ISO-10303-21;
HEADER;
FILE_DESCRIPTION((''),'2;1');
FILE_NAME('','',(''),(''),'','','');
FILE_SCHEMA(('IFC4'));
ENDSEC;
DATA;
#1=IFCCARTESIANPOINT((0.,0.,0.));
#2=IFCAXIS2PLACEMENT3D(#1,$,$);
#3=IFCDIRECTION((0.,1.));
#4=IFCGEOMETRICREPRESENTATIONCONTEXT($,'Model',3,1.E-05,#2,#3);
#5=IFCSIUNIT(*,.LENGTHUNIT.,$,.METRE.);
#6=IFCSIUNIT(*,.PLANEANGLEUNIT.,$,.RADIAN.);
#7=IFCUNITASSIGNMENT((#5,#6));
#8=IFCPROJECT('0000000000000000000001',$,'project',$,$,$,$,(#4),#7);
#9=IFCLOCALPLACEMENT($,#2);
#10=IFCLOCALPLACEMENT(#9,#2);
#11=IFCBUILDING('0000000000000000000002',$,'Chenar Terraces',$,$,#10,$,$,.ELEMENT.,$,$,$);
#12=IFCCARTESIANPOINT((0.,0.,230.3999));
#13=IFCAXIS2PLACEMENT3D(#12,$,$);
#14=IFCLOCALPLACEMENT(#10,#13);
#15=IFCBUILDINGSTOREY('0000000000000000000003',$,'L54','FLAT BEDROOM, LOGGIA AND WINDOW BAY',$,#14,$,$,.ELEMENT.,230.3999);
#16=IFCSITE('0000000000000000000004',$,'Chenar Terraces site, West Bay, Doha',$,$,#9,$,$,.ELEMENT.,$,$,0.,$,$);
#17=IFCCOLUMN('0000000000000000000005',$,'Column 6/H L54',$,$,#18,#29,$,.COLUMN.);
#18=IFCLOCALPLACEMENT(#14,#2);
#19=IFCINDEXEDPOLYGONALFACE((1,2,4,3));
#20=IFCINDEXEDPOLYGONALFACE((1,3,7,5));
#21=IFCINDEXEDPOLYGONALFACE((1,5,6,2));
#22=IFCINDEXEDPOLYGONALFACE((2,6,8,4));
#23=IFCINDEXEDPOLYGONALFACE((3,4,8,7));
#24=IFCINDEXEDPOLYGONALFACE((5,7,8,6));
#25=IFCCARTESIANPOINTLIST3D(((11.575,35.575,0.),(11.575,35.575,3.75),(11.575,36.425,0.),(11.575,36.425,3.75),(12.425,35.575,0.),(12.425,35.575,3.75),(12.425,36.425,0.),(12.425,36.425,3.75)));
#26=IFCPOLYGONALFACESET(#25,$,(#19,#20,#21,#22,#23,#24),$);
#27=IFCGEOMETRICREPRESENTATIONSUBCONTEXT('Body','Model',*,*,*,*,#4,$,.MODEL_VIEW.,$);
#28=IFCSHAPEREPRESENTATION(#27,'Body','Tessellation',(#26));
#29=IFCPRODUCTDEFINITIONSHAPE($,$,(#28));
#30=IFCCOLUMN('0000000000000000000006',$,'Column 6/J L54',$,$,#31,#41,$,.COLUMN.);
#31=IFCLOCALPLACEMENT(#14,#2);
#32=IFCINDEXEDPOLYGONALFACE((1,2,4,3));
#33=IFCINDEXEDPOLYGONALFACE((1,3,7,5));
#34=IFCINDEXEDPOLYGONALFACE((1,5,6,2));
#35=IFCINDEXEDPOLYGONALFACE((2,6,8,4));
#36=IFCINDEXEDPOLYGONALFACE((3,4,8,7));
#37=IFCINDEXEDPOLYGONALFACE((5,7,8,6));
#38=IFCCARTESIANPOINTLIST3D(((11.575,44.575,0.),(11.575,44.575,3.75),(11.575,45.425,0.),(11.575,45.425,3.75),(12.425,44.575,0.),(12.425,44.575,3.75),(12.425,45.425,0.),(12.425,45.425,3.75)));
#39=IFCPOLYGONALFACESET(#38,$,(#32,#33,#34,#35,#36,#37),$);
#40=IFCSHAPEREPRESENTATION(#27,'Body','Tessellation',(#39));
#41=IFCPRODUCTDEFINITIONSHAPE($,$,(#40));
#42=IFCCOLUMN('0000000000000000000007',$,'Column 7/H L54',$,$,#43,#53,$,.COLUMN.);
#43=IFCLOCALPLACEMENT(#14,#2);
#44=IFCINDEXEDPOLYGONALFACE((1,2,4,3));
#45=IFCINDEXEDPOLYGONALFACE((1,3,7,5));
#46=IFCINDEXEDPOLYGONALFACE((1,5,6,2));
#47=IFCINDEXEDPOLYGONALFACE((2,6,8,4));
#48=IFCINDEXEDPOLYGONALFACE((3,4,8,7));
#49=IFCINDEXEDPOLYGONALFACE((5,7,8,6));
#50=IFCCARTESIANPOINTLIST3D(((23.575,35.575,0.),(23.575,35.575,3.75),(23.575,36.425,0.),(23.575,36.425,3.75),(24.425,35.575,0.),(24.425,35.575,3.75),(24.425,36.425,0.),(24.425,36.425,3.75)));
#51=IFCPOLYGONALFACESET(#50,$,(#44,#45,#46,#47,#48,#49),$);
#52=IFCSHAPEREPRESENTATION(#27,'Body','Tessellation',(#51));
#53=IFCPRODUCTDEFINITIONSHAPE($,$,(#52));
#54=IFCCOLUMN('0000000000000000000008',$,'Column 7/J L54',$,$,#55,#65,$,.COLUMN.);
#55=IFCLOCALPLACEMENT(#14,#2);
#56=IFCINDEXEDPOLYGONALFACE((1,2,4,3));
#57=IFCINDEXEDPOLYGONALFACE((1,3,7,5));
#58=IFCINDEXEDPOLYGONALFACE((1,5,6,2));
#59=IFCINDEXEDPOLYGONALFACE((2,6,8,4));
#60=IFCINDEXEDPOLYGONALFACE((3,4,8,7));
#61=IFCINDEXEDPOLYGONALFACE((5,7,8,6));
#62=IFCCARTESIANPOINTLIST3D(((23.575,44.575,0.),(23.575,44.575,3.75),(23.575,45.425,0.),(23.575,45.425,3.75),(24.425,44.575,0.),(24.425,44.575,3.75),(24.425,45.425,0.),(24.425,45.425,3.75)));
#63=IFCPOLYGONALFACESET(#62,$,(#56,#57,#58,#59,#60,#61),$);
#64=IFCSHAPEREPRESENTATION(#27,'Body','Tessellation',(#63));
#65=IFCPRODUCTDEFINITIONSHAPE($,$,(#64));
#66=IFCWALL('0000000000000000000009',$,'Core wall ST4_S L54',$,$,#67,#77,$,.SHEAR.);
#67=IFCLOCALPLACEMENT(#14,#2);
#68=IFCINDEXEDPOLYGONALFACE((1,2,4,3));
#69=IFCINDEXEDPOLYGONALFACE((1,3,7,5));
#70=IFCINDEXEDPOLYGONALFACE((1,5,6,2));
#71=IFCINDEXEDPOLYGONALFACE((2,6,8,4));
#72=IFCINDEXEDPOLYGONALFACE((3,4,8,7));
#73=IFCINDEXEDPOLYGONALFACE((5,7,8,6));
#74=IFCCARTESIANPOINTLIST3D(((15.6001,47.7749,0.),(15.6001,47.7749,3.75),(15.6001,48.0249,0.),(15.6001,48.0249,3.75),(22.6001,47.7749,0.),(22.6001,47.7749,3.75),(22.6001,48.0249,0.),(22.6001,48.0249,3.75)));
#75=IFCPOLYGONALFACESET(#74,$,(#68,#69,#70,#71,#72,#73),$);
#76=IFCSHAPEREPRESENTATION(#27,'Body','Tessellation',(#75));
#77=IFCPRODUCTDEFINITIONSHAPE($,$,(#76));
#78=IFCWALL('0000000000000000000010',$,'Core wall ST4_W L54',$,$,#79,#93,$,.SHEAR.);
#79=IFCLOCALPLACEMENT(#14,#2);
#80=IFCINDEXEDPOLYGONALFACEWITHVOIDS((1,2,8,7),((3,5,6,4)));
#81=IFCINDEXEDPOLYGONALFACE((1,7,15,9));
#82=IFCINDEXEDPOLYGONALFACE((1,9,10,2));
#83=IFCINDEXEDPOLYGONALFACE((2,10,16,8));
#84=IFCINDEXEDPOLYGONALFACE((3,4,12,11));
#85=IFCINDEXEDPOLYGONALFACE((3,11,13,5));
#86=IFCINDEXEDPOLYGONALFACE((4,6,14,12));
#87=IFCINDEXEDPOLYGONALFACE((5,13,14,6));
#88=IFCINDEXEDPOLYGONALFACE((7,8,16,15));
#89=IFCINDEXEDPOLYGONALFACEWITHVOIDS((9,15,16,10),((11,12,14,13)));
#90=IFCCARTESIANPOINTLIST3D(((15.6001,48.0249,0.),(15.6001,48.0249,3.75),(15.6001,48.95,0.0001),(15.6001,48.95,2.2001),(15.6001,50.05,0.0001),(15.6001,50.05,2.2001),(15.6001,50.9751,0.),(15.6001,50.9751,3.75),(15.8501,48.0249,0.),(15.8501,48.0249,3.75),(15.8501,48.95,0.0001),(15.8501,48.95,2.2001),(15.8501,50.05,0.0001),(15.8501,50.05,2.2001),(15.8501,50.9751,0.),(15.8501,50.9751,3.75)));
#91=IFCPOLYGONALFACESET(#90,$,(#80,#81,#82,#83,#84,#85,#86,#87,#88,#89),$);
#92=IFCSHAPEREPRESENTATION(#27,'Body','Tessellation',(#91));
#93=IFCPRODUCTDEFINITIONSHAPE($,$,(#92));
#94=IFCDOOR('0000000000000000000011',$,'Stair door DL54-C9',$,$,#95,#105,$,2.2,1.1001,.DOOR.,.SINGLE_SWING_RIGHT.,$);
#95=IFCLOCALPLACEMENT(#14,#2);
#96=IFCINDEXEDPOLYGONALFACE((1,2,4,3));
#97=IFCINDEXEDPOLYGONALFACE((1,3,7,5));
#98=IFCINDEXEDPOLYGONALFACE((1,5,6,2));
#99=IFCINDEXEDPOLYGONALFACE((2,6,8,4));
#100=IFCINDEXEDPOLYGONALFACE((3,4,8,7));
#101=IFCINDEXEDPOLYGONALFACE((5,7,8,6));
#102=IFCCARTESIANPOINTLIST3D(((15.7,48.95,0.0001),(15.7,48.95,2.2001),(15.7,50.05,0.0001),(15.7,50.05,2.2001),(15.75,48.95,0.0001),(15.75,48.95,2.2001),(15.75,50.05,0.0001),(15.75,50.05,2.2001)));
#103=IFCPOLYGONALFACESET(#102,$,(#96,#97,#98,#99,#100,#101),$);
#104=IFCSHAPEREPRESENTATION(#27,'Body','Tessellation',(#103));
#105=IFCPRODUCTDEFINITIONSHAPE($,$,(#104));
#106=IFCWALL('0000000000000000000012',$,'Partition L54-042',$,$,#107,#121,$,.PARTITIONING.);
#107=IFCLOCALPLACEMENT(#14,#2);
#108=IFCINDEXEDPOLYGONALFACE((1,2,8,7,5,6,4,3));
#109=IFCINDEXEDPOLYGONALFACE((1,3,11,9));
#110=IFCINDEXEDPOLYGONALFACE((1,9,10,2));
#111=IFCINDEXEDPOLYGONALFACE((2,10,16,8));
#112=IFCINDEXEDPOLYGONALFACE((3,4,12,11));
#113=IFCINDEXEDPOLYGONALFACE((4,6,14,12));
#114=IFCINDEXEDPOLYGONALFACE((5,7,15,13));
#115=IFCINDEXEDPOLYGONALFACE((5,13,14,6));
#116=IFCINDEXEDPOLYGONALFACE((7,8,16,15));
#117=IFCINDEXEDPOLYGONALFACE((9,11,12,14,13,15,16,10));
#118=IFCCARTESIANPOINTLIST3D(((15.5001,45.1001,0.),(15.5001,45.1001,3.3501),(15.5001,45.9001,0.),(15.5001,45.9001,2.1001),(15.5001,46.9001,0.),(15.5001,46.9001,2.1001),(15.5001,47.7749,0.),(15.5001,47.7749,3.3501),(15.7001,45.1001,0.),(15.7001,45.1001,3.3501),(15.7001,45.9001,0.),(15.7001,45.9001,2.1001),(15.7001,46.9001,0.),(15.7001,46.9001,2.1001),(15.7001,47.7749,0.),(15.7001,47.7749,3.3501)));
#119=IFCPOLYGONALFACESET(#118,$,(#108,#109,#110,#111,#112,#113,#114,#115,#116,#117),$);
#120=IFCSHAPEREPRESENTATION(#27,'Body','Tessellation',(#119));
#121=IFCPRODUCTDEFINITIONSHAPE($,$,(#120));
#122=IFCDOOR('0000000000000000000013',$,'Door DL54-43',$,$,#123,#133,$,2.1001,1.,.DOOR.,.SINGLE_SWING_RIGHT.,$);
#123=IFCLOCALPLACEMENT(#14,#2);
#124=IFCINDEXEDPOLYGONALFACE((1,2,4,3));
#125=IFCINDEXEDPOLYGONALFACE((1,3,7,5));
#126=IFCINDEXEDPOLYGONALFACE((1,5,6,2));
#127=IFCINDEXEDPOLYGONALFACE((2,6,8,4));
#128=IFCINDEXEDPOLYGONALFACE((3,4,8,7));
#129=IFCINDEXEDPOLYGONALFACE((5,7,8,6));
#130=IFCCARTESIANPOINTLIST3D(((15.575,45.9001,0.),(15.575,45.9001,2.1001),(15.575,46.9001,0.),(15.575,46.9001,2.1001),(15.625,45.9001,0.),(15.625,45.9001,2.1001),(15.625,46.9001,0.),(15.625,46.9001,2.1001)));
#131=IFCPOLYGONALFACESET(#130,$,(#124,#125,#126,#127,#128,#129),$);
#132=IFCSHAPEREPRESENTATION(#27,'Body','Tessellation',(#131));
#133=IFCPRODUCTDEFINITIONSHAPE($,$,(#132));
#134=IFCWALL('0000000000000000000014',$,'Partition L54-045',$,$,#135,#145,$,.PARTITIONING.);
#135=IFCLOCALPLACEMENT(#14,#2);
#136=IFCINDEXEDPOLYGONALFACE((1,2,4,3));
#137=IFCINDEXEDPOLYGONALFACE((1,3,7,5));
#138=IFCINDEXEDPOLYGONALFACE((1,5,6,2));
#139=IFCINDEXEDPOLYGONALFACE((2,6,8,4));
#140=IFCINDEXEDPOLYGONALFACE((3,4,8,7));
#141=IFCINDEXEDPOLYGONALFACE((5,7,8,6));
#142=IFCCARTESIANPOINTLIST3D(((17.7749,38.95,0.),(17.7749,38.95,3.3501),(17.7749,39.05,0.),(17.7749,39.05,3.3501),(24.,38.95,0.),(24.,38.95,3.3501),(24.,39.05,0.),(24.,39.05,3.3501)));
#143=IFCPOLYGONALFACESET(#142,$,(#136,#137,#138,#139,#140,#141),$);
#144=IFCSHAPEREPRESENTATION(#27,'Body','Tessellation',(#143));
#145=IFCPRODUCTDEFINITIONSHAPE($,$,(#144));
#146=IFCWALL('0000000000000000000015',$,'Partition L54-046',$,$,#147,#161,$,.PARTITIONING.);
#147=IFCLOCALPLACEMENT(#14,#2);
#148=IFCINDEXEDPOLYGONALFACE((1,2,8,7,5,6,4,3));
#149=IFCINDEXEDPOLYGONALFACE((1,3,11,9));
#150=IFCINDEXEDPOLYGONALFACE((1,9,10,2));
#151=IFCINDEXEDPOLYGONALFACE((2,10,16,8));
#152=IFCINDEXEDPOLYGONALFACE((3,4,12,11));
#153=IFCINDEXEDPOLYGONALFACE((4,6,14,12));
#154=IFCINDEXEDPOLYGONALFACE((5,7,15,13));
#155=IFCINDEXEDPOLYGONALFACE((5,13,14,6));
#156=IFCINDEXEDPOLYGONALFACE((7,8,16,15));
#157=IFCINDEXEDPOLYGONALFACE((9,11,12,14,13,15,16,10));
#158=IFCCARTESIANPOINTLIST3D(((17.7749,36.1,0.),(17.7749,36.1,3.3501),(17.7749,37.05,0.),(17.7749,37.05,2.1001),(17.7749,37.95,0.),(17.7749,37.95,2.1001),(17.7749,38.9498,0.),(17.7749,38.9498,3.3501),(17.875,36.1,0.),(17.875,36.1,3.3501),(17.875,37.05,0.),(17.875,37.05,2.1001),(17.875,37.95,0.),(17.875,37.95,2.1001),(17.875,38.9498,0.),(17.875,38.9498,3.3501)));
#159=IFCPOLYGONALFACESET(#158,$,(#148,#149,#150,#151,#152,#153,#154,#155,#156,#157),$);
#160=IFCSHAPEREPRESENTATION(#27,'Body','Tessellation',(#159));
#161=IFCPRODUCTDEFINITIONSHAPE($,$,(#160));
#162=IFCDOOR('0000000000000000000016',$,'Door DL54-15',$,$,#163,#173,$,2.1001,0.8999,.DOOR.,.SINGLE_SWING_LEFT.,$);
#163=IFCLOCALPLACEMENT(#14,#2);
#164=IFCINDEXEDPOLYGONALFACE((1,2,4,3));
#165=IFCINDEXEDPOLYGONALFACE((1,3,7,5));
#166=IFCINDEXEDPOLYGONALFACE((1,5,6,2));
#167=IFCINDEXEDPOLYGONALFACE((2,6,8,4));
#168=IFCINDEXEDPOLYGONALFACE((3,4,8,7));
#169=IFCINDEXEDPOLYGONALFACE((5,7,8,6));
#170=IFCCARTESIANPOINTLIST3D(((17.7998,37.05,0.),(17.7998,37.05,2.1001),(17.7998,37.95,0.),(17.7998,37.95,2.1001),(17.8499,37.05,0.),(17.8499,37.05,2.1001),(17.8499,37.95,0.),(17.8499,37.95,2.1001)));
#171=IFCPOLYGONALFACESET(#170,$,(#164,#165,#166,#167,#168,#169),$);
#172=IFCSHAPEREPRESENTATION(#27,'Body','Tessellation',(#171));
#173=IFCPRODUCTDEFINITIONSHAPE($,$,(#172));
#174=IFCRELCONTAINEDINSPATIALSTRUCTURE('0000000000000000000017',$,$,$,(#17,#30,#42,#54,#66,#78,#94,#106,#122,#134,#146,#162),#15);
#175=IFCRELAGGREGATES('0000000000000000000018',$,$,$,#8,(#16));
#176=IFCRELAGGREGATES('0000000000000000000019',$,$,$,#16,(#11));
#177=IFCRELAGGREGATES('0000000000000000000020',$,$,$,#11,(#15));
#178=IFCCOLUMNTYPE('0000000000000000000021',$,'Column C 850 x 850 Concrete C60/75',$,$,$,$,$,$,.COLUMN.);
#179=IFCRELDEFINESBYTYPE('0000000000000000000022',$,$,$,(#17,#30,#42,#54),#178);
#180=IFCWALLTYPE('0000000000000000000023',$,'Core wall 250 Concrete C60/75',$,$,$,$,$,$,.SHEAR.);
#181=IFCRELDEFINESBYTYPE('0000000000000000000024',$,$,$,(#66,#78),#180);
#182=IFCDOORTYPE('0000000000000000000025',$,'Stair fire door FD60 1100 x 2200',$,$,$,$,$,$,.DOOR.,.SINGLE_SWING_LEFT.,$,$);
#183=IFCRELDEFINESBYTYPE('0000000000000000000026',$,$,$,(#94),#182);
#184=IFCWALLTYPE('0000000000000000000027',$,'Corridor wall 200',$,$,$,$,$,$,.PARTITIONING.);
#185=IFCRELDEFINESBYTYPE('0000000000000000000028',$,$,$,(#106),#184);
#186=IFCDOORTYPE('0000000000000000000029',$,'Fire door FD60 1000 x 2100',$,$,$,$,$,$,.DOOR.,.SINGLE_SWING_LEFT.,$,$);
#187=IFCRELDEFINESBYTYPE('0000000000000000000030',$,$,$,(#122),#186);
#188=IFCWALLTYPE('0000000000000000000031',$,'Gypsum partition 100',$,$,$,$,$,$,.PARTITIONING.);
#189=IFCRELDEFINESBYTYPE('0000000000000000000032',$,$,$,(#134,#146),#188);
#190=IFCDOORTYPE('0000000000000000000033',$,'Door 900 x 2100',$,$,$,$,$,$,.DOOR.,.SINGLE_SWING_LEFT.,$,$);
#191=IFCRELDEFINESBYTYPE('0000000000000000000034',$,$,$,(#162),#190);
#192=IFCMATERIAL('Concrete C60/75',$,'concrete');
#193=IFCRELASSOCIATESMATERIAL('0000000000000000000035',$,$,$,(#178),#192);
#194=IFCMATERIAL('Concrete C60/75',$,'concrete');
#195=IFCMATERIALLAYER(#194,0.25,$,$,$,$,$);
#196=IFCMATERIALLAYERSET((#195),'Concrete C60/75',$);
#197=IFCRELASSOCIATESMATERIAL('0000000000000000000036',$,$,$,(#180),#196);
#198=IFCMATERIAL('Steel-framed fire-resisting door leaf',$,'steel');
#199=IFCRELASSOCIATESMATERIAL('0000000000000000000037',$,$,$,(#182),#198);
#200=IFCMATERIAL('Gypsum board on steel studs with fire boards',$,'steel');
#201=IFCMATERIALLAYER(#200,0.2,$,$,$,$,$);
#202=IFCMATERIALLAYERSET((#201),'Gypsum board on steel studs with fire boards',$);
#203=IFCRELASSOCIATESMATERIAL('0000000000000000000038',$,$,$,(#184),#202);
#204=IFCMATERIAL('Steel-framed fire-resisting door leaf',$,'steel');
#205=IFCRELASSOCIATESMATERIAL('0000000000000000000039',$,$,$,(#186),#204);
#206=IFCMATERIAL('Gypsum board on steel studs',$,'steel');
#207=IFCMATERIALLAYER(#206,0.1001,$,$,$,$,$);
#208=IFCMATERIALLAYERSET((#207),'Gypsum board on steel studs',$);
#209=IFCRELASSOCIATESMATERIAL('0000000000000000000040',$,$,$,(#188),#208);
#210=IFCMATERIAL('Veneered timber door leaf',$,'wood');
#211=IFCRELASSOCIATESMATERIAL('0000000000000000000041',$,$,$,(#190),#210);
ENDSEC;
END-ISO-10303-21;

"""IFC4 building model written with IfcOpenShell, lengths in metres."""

from ifc_helpers import new_model, si_unit, direction, frame, frame_2d, origin, origin_2d, place, context, subcontext, project, spatial, rectangle, extrude, material, layer, layer_set, material_profile, profile_set, type_object, element, fill, save


model = new_model("IFC4")

# Units and contexts
model_context = context("Model", 3, precision=1e-05, world=origin(), true_north=direction((0.0, 1.0)))
body_context = subcontext(model_context, "Body", "Model", "MODEL_VIEW")
ifc_project = project(units=[si_unit("LENGTHUNIT", "METRE"), si_unit("PLANEANGLEUNIT", "RADIAN")], contexts=[model_context])

# Site, building, storey
site_placement = place(None, origin())
site = spatial("IfcSite", under=ifc_project, at=site_placement, Name="Chenar Terraces site, West Bay, Doha", CompositionType="ELEMENT", RefElevation=0.0)
building_placement = place(site_placement, origin())
building = spatial("IfcBuilding", under=site, at=building_placement, Name="Chenar Terraces", CompositionType="ELEMENT")
storey_placement = place(building_placement, frame((0.0, 0.0, 230.3999)))
storey = spatial("IfcBuildingStorey", under=building, at=storey_placement, Name="L54", Description="FLAT BEDROOM, LOGGIA AND WINDOW BAY", CompositionType="ELEMENT", Elevation=230.3999)

# Columns
ifc_material_1 = material(Name="Concrete C60/75", Category="concrete")
ifc_material_profile = material_profile(ifc_material_1, rectangle(XDim=0.8501, YDim=0.8501, at=origin_2d()), Name="C 850 x 850")
ifc_profile_set = profile_set([ifc_material_profile], Name="Concrete C60/75")
column_type = type_object("IfcColumnType", Name="Column C 850 x 850 Concrete C60/75", PredefinedType="COLUMN", material=ifc_profile_set)
for number, where, z_axis, x_axis, name in (
    (1, (12.0, 36.0, 0.0), (0.0, 0.0, 1.0), (1.0, 0.0, 0.0), "Column 6/H L54"),
    (2, (12.0, 45.0, 0.0), (0.0, 0.0, 1.0), (1.0, 0.0, 0.0), "Column 6/J L54"),
    (3, (24.0, 36.0, 0.0), (0.0, 0.0, 1.0), (1.0, 0.0, 0.0), "Column 7/H L54"),
    (4, (24.0, 45.0, 0.0), (0.0, 0.0, 1.0), (1.0, 0.0, 0.0), "Column 7/J L54"),
):
    element("IfcColumn", number, at=place(storey_placement, frame(where, z_axis=z_axis, x_axis=x_axis)), inside=storey, type_object=column_type, Name=name, PredefinedType="COLUMN", context=body_context, shape_type="SweptSolid", body=[
        extrude(rectangle(XDim=0.8501, YDim=0.8501, at=origin_2d()), origin(), (0.0, 0.0, 1.0), 3.75),
    ])

# Wall
ifc_material_2 = material(Name="Concrete C60/75", Category="concrete")
ifc_layer_1 = layer(ifc_material_2, 0.25)
ifc_layer_set_1 = layer_set([ifc_layer_1], Name="Concrete C60/75")
wall_type_1 = type_object("IfcWallType", Name="Core wall 250 Concrete C60/75", PredefinedType="SHEAR", material=ifc_layer_set_1)
wall_1_placement = place(storey_placement, frame((15.6001, 47.8999, 0.0), z_axis=(0.0, 0.0, 1.0), x_axis=(1.0, 0.0, 0.0)))
element("IfcWall", 5, at=wall_1_placement, inside=storey, type_object=wall_type_1, Name="Core wall ST4_S L54", PredefinedType="SHEAR", context=body_context, shape_type="SweptSolid", body=[
    extrude(rectangle(XDim=7.0, YDim=0.25, at=frame_2d((3.5, 0.0))), origin(), (0.0, 0.0, 1.0), 3.75),
])

# Walls, openings, doors
wall_2_placement = place(storey_placement, frame((15.7251, 48.0249, 0.0), z_axis=(0.0, 0.0, 1.0), x_axis=(0.0, 1.0, 0.0)))
wall_2 = element("IfcWall", 6, at=wall_2_placement, inside=storey, type_object=wall_type_1, Name="Core wall ST4_W L54", PredefinedType="SHEAR", context=body_context, shape_type="SweptSolid", body=[
    extrude(rectangle(XDim=2.9502, YDim=0.25, at=frame_2d((1.4751, 0.0))), origin(), (0.0, 0.0, 1.0), 3.75),
])
opening_1_placement = place(wall_2_placement, frame((0.925, 0.0, 0.0)))
opening_1 = element("IfcOpeningElement", 7, at=opening_1_placement, cuts=wall_2, PredefinedType="OPENING", context=body_context, shape_type="SweptSolid", body=[
    extrude(rectangle(XDim=1.1001, YDim=2.2, at=frame_2d((0.55, 1.1001))), frame((0.0, 0.135, 0.0), z_axis=(0.0, -1.0, 0.0), x_axis=(1.0, 0.0, 0.0)), (0.0, 0.0, 1.0), 0.27),
])
ifc_material_3 = material(Name="Steel-framed fire-resisting door leaf", Category="steel")
door_type_1 = type_object("IfcDoorType", Name="Stair fire door FD60 1100 x 2200", OperationType="SINGLE_SWING_LEFT", PredefinedType="DOOR", material=ifc_material_3)
door_1_placement = place(opening_1_placement, frame((1.1001, 0.0, 0.0), z_axis=(0.0, 0.0, 1.0), x_axis=(-1.0, 0.0, 0.0)))
door_1 = element("IfcDoor", 8, at=door_1_placement, inside=storey, type_object=door_type_1, Name="Stair door DL54-C9", OperationType="SINGLE_SWING_RIGHT", OverallHeight=2.2, OverallWidth=1.1001, PredefinedType="DOOR", context=body_context, shape_type="SweptSolid", body=[
    extrude(rectangle(XDim=1.1001, YDim=2.2, at=frame_2d((0.55, 1.1001))), frame((0.0, 0.0249, 0.0), z_axis=(0.0, -1.0, 0.0), x_axis=(1.0, 0.0, 0.0)), (0.0, 0.0, 1.0), 0.05),
])
fill(opening_1, door_1)
ifc_material_4 = material(Name="Gypsum board on steel studs with fire boards", Category="steel")
ifc_layer_2 = layer(ifc_material_4, 0.2)
ifc_layer_set_2 = layer_set([ifc_layer_2], Name="Gypsum board on steel studs with fire boards")
wall_type_2 = type_object("IfcWallType", Name="Corridor wall 200", PredefinedType="PARTITIONING", material=ifc_layer_set_2)
wall_3_placement = place(storey_placement, frame((15.6001, 45.1001, 0.0), z_axis=(0.0, 0.0, 1.0), x_axis=(0.0, 1.0, 0.0)))
wall_3 = element("IfcWall", 9, at=wall_3_placement, inside=storey, type_object=wall_type_2, Name="Partition L54-042", PredefinedType="PARTITIONING", context=body_context, shape_type="SweptSolid", body=[
    extrude(rectangle(XDim=2.6748, YDim=0.2, at=frame_2d((1.3374, 0.0))), origin(), (0.0, 0.0, 1.0), 3.3501),
])
opening_2_placement = place(wall_3_placement, frame((0.8, 0.0, 0.0)))
opening_2 = element("IfcOpeningElement", 10, at=opening_2_placement, cuts=wall_3, PredefinedType="OPENING", context=body_context, shape_type="SweptSolid", body=[
    extrude(rectangle(XDim=1.0, YDim=2.1001, at=frame_2d((0.5, 1.05))), frame((0.0, 0.1099, 0.0), z_axis=(0.0, -1.0, 0.0), x_axis=(1.0, 0.0, 0.0)), (0.0, 0.0, 1.0), 0.22),
])
ifc_material_5 = material(Name="Steel-framed fire-resisting door leaf", Category="steel")
door_type_2 = type_object("IfcDoorType", Name="Fire door FD60 1000 x 2100", OperationType="SINGLE_SWING_LEFT", PredefinedType="DOOR", material=ifc_material_5)
door_2_placement = place(opening_2_placement, frame((1.0, 0.0, 0.0), z_axis=(0.0, 0.0, 1.0), x_axis=(-1.0, 0.0, 0.0)))
door_2 = element("IfcDoor", 11, at=door_2_placement, inside=storey, type_object=door_type_2, Name="Door DL54-43", OperationType="SINGLE_SWING_RIGHT", OverallHeight=2.1001, OverallWidth=1.0, PredefinedType="DOOR", context=body_context, shape_type="SweptSolid", body=[
    extrude(rectangle(XDim=1.0, YDim=2.1001, at=frame_2d((0.5, 1.05))), frame((0.0, 0.0249, 0.0), z_axis=(0.0, -1.0, 0.0), x_axis=(1.0, 0.0, 0.0)), (0.0, 0.0, 1.0), 0.05),
])
fill(opening_2, door_2)

# Wall
ifc_material_6 = material(Name="Gypsum board on steel studs", Category="steel")
ifc_layer_3 = layer(ifc_material_6, 0.1001)
ifc_layer_set_3 = layer_set([ifc_layer_3], Name="Gypsum board on steel studs")
wall_type_3 = type_object("IfcWallType", Name="Gypsum partition 100", PredefinedType="PARTITIONING", material=ifc_layer_set_3)
wall_4_placement = place(storey_placement, frame((17.7749, 39.0, 0.0), z_axis=(0.0, 0.0, 1.0), x_axis=(1.0, 0.0, 0.0)))
element("IfcWall", 12, at=wall_4_placement, inside=storey, type_object=wall_type_3, Name="Partition L54-045", PredefinedType="PARTITIONING", context=body_context, shape_type="SweptSolid", body=[
    extrude(rectangle(XDim=6.2251, YDim=0.1001, at=frame_2d((3.1125, 0.0))), origin(), (0.0, 0.0, 1.0), 3.3501),
])

# Wall, opening, door
wall_5_placement = place(storey_placement, frame((17.825, 36.1001, 0.0), z_axis=(0.0, 0.0, 1.0), x_axis=(0.0, 1.0, 0.0)))
wall_5 = element("IfcWall", 13, at=wall_5_placement, inside=storey, type_object=wall_type_3, Name="Partition L54-046", PredefinedType="PARTITIONING", context=body_context, shape_type="SweptSolid", body=[
    extrude(rectangle(XDim=2.8499, YDim=0.1001, at=frame_2d((1.4248, 0.0))), origin(), (0.0, 0.0, 1.0), 3.3501),
])
opening_3_placement = place(wall_5_placement, frame((0.95, 0.0, 0.0)))
opening_3 = element("IfcOpeningElement", 14, at=opening_3_placement, cuts=wall_5, PredefinedType="OPENING", context=body_context, shape_type="SweptSolid", body=[
    extrude(rectangle(XDim=0.8999, YDim=2.1001, at=frame_2d((0.45, 1.05))), frame((0.0, 0.0601, 0.0), z_axis=(0.0, -1.0, 0.0), x_axis=(1.0, 0.0, 0.0)), (0.0, 0.0, 1.0), 0.1201),
])
ifc_material_7 = material(Name="Veneered timber door leaf", Category="wood")
door_type_3 = type_object("IfcDoorType", Name="Door 900 x 2100", OperationType="SINGLE_SWING_LEFT", PredefinedType="DOOR", material=ifc_material_7)
door_3_placement = place(opening_3_placement, frame((0.8999, 0.0, 0.0), z_axis=(0.0, 0.0, 1.0), x_axis=(-1.0, 0.0, 0.0)))
door_3 = element("IfcDoor", 15, at=door_3_placement, inside=storey, type_object=door_type_3, Name="Door DL54-15", OperationType="SINGLE_SWING_LEFT", OverallHeight=2.1001, OverallWidth=0.8999, PredefinedType="DOOR", context=body_context, shape_type="SweptSolid", body=[
    extrude(rectangle(XDim=0.8999, YDim=2.1001, at=frame_2d((0.45, 1.05))), frame((0.0, 0.0249, 0.0), z_axis=(0.0, -1.0, 0.0), x_axis=(1.0, 0.0, 0.0)), (0.0, 0.0, 1.0), 0.05),
])
fill(opening_3, door_3)

save(model, "model.ifc")
